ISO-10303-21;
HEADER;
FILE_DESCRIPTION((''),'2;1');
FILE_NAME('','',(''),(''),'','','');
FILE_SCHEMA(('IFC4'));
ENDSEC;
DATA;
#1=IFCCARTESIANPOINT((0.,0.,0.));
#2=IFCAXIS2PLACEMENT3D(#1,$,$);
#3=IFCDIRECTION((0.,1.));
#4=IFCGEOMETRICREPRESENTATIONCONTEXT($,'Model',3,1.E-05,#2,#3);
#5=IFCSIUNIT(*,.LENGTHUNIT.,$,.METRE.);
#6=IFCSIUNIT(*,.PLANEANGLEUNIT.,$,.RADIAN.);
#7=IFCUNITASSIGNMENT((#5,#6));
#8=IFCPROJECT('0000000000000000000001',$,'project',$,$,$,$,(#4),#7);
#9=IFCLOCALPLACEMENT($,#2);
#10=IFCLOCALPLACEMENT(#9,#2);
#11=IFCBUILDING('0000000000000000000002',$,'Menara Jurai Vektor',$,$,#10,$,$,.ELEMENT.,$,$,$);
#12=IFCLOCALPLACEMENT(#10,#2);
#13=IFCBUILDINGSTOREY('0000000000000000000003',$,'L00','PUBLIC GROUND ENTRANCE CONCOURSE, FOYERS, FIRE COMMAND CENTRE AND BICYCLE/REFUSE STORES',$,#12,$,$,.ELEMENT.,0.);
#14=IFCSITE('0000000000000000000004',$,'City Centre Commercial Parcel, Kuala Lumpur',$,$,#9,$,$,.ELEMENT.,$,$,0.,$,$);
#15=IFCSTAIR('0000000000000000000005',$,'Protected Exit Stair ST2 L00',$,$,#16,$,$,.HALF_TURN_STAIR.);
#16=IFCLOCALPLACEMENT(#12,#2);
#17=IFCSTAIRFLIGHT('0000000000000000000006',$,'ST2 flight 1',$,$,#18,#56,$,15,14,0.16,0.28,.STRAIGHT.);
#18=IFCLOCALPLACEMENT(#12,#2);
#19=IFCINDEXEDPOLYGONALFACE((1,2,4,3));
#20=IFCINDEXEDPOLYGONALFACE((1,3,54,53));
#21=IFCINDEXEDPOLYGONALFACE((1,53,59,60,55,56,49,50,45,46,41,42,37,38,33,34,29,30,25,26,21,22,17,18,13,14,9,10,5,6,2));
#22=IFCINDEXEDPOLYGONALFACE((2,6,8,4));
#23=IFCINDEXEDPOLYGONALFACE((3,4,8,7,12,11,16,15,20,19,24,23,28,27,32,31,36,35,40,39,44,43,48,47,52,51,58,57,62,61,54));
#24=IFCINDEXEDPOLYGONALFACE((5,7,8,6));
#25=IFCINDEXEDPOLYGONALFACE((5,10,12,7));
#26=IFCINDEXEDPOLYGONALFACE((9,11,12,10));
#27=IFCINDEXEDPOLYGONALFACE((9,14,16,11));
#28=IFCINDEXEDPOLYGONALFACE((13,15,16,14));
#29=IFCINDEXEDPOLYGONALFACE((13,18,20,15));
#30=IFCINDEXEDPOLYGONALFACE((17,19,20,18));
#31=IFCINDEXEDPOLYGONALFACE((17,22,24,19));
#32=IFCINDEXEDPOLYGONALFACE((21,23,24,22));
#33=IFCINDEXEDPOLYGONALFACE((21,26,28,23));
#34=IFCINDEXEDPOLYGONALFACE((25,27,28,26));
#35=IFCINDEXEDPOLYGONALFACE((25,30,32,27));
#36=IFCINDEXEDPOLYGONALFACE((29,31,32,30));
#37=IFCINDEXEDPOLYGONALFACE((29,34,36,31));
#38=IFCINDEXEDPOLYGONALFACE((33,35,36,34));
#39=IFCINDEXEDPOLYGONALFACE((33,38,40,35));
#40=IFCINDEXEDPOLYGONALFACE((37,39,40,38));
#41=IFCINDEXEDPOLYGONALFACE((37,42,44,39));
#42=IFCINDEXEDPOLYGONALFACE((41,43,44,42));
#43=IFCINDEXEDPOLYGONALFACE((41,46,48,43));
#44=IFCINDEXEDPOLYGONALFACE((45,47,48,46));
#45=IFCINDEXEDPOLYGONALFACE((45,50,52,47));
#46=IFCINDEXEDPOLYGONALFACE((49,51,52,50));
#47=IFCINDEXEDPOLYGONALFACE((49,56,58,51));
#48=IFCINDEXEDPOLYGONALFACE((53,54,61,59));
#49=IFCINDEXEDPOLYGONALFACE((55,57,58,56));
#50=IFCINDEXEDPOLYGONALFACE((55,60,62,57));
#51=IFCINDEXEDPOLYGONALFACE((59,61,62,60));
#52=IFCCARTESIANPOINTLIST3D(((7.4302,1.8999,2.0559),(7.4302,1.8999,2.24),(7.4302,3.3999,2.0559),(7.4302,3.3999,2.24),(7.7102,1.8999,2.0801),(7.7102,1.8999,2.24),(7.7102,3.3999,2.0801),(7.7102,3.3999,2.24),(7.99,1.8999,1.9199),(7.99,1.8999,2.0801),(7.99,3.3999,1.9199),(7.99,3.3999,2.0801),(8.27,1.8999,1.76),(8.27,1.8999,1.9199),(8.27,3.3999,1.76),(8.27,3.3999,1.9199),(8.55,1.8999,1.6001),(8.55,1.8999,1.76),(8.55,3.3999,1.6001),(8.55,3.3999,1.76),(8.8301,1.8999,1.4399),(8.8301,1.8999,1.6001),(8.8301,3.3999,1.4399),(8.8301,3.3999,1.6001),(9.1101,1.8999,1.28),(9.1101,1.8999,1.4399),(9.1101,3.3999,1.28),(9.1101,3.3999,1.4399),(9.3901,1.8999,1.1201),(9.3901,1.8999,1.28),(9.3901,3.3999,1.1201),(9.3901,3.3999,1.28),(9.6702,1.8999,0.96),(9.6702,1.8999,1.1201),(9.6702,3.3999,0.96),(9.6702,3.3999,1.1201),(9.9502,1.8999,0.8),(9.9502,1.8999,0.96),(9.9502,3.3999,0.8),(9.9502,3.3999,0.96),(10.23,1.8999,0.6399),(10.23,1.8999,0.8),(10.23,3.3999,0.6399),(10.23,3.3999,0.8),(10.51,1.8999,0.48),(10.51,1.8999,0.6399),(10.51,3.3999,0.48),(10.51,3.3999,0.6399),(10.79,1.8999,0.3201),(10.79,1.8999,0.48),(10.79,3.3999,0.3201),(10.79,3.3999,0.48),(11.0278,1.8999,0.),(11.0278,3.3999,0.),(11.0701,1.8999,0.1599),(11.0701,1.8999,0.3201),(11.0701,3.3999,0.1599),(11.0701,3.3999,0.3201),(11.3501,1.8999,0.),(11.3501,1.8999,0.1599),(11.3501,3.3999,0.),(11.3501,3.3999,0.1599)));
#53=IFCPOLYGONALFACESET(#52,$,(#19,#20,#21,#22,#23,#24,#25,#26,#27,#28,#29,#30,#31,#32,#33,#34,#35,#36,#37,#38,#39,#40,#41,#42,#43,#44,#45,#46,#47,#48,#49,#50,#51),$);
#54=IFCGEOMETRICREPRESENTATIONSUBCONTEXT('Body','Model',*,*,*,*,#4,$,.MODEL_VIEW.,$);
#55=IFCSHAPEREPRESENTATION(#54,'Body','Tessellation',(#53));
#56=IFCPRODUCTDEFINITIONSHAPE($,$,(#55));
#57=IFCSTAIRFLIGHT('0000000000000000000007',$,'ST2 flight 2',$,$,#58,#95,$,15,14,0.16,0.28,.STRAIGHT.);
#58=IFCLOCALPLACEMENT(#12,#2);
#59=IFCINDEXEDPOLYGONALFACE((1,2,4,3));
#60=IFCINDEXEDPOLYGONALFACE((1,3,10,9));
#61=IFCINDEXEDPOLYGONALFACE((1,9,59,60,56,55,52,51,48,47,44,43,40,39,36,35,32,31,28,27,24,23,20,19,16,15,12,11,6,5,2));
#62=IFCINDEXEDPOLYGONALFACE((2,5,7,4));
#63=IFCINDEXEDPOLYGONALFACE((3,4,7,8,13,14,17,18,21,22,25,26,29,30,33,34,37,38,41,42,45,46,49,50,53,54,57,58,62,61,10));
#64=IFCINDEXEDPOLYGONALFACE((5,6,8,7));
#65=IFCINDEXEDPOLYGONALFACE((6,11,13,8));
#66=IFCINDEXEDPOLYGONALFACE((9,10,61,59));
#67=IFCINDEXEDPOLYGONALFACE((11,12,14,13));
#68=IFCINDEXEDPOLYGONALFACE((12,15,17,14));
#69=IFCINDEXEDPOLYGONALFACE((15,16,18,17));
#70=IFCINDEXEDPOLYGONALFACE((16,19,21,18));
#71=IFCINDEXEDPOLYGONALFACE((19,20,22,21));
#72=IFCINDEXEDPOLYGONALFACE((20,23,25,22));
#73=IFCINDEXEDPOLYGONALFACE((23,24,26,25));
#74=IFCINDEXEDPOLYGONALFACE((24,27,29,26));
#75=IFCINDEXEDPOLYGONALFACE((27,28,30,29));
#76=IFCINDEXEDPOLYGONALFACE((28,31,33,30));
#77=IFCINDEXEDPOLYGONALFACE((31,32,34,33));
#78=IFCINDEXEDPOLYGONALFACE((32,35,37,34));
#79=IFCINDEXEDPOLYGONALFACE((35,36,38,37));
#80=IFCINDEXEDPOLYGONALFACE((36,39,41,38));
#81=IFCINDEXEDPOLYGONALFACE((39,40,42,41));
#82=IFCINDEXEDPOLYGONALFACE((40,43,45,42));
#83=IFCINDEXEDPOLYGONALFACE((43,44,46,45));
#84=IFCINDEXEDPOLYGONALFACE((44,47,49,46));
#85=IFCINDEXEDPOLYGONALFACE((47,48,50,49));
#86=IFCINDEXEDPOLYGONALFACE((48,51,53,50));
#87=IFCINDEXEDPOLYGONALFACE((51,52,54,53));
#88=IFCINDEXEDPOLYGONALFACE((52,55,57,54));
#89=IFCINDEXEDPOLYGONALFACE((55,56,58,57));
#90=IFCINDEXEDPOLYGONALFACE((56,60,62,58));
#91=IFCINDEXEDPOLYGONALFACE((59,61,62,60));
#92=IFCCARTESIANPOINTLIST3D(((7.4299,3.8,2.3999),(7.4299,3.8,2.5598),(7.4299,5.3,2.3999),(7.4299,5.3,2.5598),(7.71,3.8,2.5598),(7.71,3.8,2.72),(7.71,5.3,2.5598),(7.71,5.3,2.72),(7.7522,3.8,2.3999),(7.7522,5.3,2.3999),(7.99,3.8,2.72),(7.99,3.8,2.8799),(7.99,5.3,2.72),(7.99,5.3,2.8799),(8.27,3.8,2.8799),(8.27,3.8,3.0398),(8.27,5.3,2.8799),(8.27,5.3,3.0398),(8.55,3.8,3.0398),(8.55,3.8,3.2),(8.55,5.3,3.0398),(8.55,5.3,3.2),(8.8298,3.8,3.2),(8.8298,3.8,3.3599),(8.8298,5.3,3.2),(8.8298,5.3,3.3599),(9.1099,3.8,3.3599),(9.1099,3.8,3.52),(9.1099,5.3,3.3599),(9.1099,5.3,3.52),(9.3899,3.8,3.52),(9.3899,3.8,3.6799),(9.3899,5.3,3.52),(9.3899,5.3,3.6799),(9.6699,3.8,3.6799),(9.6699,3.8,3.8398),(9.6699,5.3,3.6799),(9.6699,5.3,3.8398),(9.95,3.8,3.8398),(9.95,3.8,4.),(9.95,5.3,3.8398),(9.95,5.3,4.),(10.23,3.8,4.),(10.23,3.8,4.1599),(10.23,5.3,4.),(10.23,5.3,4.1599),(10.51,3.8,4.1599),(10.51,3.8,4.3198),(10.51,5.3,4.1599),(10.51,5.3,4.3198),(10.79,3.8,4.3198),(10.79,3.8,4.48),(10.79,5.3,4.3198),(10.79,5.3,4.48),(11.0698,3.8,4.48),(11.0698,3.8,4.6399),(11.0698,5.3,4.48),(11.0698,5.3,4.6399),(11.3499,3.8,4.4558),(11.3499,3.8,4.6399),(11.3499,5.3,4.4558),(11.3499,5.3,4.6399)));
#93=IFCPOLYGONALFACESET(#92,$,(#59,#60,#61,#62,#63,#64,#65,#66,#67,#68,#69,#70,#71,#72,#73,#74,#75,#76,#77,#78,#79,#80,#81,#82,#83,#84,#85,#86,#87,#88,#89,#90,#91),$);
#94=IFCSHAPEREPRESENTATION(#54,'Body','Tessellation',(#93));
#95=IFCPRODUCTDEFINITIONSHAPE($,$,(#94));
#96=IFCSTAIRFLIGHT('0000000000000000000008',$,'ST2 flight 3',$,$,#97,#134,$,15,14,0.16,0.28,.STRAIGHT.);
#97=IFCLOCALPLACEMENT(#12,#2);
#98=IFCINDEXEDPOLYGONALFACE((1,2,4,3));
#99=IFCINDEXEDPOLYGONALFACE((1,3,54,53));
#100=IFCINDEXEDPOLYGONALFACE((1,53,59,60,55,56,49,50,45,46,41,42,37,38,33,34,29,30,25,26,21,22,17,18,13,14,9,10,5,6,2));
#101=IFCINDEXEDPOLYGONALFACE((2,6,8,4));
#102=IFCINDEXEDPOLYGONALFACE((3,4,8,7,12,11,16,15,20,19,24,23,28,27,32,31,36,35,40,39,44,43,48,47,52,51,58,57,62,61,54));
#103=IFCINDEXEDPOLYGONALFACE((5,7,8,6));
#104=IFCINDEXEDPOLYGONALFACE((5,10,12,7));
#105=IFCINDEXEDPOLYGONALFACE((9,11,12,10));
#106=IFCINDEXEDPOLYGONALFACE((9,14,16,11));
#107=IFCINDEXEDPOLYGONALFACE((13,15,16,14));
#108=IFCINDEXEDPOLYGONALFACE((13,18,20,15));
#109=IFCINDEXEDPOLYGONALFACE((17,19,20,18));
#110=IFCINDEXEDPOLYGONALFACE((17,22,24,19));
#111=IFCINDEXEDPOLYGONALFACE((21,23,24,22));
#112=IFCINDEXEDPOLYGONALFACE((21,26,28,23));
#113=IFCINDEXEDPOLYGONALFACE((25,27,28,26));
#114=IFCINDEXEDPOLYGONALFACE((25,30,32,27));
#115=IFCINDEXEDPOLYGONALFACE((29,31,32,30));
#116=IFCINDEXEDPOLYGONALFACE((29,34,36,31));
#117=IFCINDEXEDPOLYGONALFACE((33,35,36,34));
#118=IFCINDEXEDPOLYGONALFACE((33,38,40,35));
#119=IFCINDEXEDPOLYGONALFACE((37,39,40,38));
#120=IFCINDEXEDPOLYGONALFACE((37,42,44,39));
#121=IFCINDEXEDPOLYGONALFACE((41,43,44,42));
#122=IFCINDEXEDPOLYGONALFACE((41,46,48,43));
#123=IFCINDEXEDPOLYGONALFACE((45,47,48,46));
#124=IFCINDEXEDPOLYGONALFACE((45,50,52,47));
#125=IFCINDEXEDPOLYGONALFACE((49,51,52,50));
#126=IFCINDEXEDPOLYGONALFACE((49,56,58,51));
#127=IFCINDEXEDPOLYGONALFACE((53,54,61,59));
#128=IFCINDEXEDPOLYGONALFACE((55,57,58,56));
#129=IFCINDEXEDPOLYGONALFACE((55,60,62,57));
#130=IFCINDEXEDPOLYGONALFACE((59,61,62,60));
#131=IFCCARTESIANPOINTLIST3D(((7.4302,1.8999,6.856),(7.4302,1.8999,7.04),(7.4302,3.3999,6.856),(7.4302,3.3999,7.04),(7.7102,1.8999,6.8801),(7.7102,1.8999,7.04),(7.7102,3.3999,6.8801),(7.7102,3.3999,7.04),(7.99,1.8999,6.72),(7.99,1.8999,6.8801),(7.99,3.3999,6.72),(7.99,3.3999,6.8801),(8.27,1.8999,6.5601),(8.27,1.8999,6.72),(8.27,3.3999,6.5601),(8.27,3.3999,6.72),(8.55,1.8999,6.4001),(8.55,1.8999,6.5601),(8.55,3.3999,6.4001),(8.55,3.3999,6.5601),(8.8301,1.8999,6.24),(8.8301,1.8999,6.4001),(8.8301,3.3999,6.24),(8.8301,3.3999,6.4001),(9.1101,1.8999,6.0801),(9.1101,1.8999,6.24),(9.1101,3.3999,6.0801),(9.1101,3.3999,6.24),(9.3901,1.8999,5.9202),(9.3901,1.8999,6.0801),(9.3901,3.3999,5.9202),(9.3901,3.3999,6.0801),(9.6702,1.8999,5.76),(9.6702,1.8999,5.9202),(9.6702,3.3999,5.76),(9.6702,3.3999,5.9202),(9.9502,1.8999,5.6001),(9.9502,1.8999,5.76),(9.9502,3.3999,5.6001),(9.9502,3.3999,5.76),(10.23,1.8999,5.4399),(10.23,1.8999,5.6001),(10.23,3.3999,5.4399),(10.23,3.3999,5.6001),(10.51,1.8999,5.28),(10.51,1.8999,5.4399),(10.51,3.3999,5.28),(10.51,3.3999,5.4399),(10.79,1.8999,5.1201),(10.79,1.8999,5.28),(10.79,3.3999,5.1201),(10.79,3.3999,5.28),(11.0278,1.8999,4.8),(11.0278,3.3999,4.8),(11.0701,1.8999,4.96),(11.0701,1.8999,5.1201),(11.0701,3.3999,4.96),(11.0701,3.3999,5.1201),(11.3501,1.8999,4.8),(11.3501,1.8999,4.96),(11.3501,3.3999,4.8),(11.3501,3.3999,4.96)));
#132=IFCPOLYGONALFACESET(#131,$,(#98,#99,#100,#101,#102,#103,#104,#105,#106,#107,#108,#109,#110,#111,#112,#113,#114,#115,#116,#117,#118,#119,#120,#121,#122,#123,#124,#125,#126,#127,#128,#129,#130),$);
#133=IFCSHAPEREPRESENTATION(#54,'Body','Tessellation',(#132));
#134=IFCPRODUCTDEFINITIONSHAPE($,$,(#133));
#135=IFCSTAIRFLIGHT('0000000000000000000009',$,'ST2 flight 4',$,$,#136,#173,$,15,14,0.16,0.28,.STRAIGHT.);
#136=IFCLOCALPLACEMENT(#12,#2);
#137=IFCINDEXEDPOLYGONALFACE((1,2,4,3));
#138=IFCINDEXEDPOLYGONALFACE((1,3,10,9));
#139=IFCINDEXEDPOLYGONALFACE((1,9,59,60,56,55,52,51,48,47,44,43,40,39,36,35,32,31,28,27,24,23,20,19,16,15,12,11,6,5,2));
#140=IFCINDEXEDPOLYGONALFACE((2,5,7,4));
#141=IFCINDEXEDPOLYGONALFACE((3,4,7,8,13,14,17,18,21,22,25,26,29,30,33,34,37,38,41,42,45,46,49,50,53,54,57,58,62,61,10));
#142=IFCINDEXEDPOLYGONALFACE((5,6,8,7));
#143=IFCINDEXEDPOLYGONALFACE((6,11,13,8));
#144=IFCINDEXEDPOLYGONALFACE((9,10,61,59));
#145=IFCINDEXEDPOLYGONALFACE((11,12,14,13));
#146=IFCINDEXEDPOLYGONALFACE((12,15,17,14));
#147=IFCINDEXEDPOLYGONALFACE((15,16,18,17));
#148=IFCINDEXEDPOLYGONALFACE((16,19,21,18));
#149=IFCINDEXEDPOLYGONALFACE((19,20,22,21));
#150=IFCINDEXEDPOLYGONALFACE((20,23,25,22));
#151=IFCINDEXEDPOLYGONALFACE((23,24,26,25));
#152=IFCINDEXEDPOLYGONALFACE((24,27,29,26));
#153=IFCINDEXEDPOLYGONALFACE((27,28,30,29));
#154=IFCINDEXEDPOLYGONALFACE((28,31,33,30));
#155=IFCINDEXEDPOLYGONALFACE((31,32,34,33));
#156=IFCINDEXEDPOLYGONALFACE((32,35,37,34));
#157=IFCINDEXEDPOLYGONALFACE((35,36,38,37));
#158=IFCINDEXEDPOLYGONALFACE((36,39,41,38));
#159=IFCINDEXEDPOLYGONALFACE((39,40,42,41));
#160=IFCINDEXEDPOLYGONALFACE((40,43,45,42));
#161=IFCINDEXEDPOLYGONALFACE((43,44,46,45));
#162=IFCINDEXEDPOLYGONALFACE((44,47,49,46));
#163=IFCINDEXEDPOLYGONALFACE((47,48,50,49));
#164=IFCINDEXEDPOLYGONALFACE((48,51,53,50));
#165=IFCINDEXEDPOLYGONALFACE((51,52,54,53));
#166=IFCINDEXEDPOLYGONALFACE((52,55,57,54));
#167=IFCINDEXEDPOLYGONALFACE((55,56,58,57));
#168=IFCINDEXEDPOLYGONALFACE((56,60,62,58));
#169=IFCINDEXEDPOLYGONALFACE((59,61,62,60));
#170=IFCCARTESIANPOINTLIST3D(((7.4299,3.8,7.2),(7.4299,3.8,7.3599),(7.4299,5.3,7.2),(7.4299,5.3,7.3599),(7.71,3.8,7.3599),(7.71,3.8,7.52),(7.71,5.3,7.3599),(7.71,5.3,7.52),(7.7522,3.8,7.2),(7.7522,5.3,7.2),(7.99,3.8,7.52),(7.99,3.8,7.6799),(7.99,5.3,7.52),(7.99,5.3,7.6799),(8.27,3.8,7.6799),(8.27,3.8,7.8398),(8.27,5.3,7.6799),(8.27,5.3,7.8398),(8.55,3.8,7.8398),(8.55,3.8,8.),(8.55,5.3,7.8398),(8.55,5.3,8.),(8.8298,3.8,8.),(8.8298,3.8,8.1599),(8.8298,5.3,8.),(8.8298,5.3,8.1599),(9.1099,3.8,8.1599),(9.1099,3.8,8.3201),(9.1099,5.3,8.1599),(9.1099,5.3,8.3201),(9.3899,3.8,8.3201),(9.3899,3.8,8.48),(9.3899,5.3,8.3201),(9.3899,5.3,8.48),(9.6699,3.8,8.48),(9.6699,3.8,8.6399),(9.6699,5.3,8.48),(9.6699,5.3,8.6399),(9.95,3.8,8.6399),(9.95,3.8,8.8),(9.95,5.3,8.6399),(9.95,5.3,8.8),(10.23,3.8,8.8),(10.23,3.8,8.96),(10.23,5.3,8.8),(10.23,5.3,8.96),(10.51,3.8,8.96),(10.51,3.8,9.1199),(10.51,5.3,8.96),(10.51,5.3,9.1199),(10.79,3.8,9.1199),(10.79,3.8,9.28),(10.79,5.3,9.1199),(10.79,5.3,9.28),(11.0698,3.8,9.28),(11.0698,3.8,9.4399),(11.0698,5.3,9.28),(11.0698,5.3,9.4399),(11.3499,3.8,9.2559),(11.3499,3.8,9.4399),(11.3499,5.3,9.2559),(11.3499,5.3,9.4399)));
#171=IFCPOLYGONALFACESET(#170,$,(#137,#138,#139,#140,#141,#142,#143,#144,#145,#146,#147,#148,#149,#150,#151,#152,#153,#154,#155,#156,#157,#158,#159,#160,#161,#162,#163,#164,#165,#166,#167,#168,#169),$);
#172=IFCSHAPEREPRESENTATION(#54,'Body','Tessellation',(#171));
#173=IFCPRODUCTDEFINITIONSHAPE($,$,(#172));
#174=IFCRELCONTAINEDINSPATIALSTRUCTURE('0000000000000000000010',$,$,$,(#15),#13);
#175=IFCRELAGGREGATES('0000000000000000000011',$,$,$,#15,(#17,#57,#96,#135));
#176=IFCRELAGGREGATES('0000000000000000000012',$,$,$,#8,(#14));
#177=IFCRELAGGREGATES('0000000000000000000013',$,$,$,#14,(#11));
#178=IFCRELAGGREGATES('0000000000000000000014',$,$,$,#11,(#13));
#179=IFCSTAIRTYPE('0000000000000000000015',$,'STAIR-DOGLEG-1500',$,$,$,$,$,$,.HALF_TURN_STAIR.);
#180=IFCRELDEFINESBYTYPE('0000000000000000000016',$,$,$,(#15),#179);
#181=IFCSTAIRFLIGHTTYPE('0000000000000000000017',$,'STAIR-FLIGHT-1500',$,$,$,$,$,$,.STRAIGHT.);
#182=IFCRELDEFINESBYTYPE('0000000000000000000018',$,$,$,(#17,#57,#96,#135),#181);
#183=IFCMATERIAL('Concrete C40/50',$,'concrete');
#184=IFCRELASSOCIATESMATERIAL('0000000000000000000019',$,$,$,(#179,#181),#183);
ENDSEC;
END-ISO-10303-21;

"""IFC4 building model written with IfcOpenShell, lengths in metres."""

from ifc_helpers import new_model, si_unit, direction, frame, origin, place, context, subcontext, project, spatial, polyline, outline, extrude, material, type_object, element, aggregate, save


model = new_model("IFC4")

# Units and contexts
model_context = context("Model", 3, precision=1e-05, world=origin(), true_north=direction((0.0, 1.0)))
body_context = subcontext(model_context, "Body", "Model", "MODEL_VIEW")
ifc_project = project(units=[si_unit("LENGTHUNIT", "METRE"), si_unit("PLANEANGLEUNIT", "RADIAN")], contexts=[model_context])

# Site, building, storey
site_placement = place(None, origin())
site = spatial("IfcSite", under=ifc_project, at=site_placement, Name="City Centre Commercial Parcel, Kuala Lumpur", CompositionType="ELEMENT", RefElevation=0.0)
building_placement = place(site_placement, origin())
building = spatial("IfcBuilding", under=site, at=building_placement, Name="Menara Jurai Vektor", CompositionType="ELEMENT")
storey_placement = place(building_placement, origin())
storey = spatial("IfcBuildingStorey", under=building, at=storey_placement, Name="L00", Description="PUBLIC GROUND ENTRANCE CONCOURSE, FOYERS, FIRE COMMAND CENTRE AND BICYCLE/REFUSE STORES", CompositionType="ELEMENT", Elevation=0.0)

# Shared definitions
ifc_material_1 = material(Name="Concrete C40/50", Category="concrete")

# Stair, stair flights
stair_type = type_object("IfcStairType", Name="STAIR-DOGLEG-1500", PredefinedType="HALF_TURN_STAIR", material=ifc_material_1)
stair_placement = place(storey_placement, origin())
stair = element("IfcStair", 1, at=stair_placement, inside=storey, type_object=stair_type, Name="Protected Exit Stair ST2 L00", PredefinedType="HALF_TURN_STAIR")
stair_flight_type = type_object("IfcStairFlightType", Name="STAIR-FLIGHT-1500", PredefinedType="STRAIGHT", material=ifc_material_1)
stair_flight_1_placement = place(storey_placement, frame((11.3501, 2.6499, 0.0), z_axis=(0.0, 0.0, 1.0), x_axis=(-1.0, 0.0, 0.0)))
stair_flight_1 = element("IfcStairFlight", 2, at=stair_flight_1_placement, type_object=stair_flight_type, Name="ST2 flight 1", NumberOfRisers=15, NumberOfTreads=14, PredefinedType="STRAIGHT", RiserHeight=0.16, TreadLength=0.28, context=body_context, shape_type="SweptSolid", body=[
    extrude(outline(polyline([(0.0, 0.0), (0.0, 0.1599), (0.28, 0.1599), (0.28, 0.3201), (0.5601, 0.3201), (0.5601, 0.48), (0.8401, 0.48), (0.8401, 0.6399), (1.1201, 0.6399), (1.1201, 0.8), (1.3999, 0.8), (1.3999, 0.96), (1.6799, 0.96), (1.6799, 1.1201), (1.96, 1.1201), (1.96, 1.28), (2.24, 1.28), (2.24, 1.4399), (2.52, 1.4399), (2.52, 1.6001), (2.8, 1.6001), (2.8, 1.76), (3.0801, 1.76), (3.0801, 1.9199), (3.3601, 1.9199), (3.3601, 2.0801), (3.6399, 2.0801), (3.6399, 2.24), (3.9199, 2.24), (3.9199, 2.3999), (3.9199, 2.0559), (0.3223, 0.0), (0.0, 0.0)])), frame((0.0, 0.75, 0.0), z_axis=(0.0, -1.0, 0.0), x_axis=(1.0, 0.0, 0.0)), (0.0, 0.0, 1.0), 1.5),
])
stair_flight_2_placement = place(storey_placement, frame((7.4299, 4.55, 2.3999), z_axis=(0.0, 0.0, 1.0), x_axis=(1.0, 0.0, 0.0)))
stair_flight_2 = element("IfcStairFlight", 3, at=stair_flight_2_placement, type_object=stair_flight_type, Name="ST2 flight 2", NumberOfRisers=15, NumberOfTreads=14, PredefinedType="STRAIGHT", RiserHeight=0.16, TreadLength=0.28, context=body_context, shape_type="SweptSolid", body=[
    extrude(outline(polyline([(0.0, 0.0), (0.0, 0.1599), (0.28, 0.1599), (0.28, 0.3201), (0.5601, 0.3201), (0.5601, 0.48), (0.8401, 0.48), (0.8401, 0.6399), (1.1201, 0.6399), (1.1201, 0.8), (1.3999, 0.8), (1.3999, 0.96), (1.6799, 0.96), (1.6799, 1.1201), (1.96, 1.1201), (1.96, 1.28), (2.24, 1.28), (2.24, 1.4399), (2.52, 1.4399), (2.52, 1.6001), (2.8, 1.6001), (2.8, 1.76), (3.0801, 1.76), (3.0801, 1.9199), (3.3601, 1.9199), (3.3601, 2.0801), (3.6399, 2.0801), (3.6399, 2.24), (3.9199, 2.24), (3.9199, 2.3999), (3.9199, 2.0559), (0.3223, 0.0), (0.0, 0.0)])), frame((0.0, 0.75, 0.0), z_axis=(0.0, -1.0, 0.0), x_axis=(1.0, 0.0, 0.0)), (0.0, 0.0, 1.0), 1.5),
])
stair_flight_3_placement = place(storey_placement, frame((11.3501, 2.6499, 4.8), z_axis=(0.0, 0.0, 1.0), x_axis=(-1.0, 0.0, 0.0)))
stair_flight_3 = element("IfcStairFlight", 4, at=stair_flight_3_placement, type_object=stair_flight_type, Name="ST2 flight 3", NumberOfRisers=15, NumberOfTreads=14, PredefinedType="STRAIGHT", RiserHeight=0.16, TreadLength=0.28, context=body_context, shape_type="SweptSolid", body=[
    extrude(outline(polyline([(0.0, 0.0), (0.0, 0.1599), (0.28, 0.1599), (0.28, 0.3201), (0.5601, 0.3201), (0.5601, 0.48), (0.8401, 0.48), (0.8401, 0.6399), (1.1201, 0.6399), (1.1201, 0.8), (1.3999, 0.8), (1.3999, 0.96), (1.6799, 0.96), (1.6799, 1.1201), (1.96, 1.1201), (1.96, 1.28), (2.24, 1.28), (2.24, 1.4399), (2.52, 1.4399), (2.52, 1.6001), (2.8, 1.6001), (2.8, 1.76), (3.0801, 1.76), (3.0801, 1.9199), (3.3601, 1.9199), (3.3601, 2.0801), (3.6399, 2.0801), (3.6399, 2.24), (3.9199, 2.24), (3.9199, 2.3999), (3.9199, 2.0559), (0.3223, 0.0), (0.0, 0.0)])), frame((0.0, 0.75, 0.0), z_axis=(0.0, -1.0, 0.0), x_axis=(1.0, 0.0, 0.0)), (0.0, 0.0, 1.0), 1.5),
])
stair_flight_4_placement = place(storey_placement, frame((7.4299, 4.55, 7.2), z_axis=(0.0, 0.0, 1.0), x_axis=(1.0, 0.0, 0.0)))
stair_flight_4 = element("IfcStairFlight", 5, at=stair_flight_4_placement, type_object=stair_flight_type, Name="ST2 flight 4", NumberOfRisers=15, NumberOfTreads=14, PredefinedType="STRAIGHT", RiserHeight=0.16, TreadLength=0.28, context=body_context, shape_type="SweptSolid", body=[
    extrude(outline(polyline([(0.0, 0.0), (0.0, 0.1599), (0.28, 0.1599), (0.28, 0.3201), (0.5601, 0.3201), (0.5601, 0.48), (0.8401, 0.48), (0.8401, 0.6399), (1.1201, 0.6399), (1.1201, 0.8), (1.3999, 0.8), (1.3999, 0.96), (1.6799, 0.96), (1.6799, 1.1201), (1.96, 1.1201), (1.96, 1.28), (2.24, 1.28), (2.24, 1.4399), (2.52, 1.4399), (2.52, 1.6001), (2.8, 1.6001), (2.8, 1.76), (3.0801, 1.76), (3.0801, 1.9199), (3.3601, 1.9199), (3.3601, 2.0801), (3.6399, 2.0801), (3.6399, 2.24), (3.9199, 2.24), (3.9199, 2.3999), (3.9199, 2.0559), (0.3223, 0.0), (0.0, 0.0)])), frame((0.0, 0.75, 0.0), z_axis=(0.0, -1.0, 0.0), x_axis=(1.0, 0.0, 0.0)), (0.0, 0.0, 1.0), 1.5),
])
aggregate(stair, [stair_flight_1, stair_flight_2, stair_flight_3, stair_flight_4])

save(model, "model.ifc")
